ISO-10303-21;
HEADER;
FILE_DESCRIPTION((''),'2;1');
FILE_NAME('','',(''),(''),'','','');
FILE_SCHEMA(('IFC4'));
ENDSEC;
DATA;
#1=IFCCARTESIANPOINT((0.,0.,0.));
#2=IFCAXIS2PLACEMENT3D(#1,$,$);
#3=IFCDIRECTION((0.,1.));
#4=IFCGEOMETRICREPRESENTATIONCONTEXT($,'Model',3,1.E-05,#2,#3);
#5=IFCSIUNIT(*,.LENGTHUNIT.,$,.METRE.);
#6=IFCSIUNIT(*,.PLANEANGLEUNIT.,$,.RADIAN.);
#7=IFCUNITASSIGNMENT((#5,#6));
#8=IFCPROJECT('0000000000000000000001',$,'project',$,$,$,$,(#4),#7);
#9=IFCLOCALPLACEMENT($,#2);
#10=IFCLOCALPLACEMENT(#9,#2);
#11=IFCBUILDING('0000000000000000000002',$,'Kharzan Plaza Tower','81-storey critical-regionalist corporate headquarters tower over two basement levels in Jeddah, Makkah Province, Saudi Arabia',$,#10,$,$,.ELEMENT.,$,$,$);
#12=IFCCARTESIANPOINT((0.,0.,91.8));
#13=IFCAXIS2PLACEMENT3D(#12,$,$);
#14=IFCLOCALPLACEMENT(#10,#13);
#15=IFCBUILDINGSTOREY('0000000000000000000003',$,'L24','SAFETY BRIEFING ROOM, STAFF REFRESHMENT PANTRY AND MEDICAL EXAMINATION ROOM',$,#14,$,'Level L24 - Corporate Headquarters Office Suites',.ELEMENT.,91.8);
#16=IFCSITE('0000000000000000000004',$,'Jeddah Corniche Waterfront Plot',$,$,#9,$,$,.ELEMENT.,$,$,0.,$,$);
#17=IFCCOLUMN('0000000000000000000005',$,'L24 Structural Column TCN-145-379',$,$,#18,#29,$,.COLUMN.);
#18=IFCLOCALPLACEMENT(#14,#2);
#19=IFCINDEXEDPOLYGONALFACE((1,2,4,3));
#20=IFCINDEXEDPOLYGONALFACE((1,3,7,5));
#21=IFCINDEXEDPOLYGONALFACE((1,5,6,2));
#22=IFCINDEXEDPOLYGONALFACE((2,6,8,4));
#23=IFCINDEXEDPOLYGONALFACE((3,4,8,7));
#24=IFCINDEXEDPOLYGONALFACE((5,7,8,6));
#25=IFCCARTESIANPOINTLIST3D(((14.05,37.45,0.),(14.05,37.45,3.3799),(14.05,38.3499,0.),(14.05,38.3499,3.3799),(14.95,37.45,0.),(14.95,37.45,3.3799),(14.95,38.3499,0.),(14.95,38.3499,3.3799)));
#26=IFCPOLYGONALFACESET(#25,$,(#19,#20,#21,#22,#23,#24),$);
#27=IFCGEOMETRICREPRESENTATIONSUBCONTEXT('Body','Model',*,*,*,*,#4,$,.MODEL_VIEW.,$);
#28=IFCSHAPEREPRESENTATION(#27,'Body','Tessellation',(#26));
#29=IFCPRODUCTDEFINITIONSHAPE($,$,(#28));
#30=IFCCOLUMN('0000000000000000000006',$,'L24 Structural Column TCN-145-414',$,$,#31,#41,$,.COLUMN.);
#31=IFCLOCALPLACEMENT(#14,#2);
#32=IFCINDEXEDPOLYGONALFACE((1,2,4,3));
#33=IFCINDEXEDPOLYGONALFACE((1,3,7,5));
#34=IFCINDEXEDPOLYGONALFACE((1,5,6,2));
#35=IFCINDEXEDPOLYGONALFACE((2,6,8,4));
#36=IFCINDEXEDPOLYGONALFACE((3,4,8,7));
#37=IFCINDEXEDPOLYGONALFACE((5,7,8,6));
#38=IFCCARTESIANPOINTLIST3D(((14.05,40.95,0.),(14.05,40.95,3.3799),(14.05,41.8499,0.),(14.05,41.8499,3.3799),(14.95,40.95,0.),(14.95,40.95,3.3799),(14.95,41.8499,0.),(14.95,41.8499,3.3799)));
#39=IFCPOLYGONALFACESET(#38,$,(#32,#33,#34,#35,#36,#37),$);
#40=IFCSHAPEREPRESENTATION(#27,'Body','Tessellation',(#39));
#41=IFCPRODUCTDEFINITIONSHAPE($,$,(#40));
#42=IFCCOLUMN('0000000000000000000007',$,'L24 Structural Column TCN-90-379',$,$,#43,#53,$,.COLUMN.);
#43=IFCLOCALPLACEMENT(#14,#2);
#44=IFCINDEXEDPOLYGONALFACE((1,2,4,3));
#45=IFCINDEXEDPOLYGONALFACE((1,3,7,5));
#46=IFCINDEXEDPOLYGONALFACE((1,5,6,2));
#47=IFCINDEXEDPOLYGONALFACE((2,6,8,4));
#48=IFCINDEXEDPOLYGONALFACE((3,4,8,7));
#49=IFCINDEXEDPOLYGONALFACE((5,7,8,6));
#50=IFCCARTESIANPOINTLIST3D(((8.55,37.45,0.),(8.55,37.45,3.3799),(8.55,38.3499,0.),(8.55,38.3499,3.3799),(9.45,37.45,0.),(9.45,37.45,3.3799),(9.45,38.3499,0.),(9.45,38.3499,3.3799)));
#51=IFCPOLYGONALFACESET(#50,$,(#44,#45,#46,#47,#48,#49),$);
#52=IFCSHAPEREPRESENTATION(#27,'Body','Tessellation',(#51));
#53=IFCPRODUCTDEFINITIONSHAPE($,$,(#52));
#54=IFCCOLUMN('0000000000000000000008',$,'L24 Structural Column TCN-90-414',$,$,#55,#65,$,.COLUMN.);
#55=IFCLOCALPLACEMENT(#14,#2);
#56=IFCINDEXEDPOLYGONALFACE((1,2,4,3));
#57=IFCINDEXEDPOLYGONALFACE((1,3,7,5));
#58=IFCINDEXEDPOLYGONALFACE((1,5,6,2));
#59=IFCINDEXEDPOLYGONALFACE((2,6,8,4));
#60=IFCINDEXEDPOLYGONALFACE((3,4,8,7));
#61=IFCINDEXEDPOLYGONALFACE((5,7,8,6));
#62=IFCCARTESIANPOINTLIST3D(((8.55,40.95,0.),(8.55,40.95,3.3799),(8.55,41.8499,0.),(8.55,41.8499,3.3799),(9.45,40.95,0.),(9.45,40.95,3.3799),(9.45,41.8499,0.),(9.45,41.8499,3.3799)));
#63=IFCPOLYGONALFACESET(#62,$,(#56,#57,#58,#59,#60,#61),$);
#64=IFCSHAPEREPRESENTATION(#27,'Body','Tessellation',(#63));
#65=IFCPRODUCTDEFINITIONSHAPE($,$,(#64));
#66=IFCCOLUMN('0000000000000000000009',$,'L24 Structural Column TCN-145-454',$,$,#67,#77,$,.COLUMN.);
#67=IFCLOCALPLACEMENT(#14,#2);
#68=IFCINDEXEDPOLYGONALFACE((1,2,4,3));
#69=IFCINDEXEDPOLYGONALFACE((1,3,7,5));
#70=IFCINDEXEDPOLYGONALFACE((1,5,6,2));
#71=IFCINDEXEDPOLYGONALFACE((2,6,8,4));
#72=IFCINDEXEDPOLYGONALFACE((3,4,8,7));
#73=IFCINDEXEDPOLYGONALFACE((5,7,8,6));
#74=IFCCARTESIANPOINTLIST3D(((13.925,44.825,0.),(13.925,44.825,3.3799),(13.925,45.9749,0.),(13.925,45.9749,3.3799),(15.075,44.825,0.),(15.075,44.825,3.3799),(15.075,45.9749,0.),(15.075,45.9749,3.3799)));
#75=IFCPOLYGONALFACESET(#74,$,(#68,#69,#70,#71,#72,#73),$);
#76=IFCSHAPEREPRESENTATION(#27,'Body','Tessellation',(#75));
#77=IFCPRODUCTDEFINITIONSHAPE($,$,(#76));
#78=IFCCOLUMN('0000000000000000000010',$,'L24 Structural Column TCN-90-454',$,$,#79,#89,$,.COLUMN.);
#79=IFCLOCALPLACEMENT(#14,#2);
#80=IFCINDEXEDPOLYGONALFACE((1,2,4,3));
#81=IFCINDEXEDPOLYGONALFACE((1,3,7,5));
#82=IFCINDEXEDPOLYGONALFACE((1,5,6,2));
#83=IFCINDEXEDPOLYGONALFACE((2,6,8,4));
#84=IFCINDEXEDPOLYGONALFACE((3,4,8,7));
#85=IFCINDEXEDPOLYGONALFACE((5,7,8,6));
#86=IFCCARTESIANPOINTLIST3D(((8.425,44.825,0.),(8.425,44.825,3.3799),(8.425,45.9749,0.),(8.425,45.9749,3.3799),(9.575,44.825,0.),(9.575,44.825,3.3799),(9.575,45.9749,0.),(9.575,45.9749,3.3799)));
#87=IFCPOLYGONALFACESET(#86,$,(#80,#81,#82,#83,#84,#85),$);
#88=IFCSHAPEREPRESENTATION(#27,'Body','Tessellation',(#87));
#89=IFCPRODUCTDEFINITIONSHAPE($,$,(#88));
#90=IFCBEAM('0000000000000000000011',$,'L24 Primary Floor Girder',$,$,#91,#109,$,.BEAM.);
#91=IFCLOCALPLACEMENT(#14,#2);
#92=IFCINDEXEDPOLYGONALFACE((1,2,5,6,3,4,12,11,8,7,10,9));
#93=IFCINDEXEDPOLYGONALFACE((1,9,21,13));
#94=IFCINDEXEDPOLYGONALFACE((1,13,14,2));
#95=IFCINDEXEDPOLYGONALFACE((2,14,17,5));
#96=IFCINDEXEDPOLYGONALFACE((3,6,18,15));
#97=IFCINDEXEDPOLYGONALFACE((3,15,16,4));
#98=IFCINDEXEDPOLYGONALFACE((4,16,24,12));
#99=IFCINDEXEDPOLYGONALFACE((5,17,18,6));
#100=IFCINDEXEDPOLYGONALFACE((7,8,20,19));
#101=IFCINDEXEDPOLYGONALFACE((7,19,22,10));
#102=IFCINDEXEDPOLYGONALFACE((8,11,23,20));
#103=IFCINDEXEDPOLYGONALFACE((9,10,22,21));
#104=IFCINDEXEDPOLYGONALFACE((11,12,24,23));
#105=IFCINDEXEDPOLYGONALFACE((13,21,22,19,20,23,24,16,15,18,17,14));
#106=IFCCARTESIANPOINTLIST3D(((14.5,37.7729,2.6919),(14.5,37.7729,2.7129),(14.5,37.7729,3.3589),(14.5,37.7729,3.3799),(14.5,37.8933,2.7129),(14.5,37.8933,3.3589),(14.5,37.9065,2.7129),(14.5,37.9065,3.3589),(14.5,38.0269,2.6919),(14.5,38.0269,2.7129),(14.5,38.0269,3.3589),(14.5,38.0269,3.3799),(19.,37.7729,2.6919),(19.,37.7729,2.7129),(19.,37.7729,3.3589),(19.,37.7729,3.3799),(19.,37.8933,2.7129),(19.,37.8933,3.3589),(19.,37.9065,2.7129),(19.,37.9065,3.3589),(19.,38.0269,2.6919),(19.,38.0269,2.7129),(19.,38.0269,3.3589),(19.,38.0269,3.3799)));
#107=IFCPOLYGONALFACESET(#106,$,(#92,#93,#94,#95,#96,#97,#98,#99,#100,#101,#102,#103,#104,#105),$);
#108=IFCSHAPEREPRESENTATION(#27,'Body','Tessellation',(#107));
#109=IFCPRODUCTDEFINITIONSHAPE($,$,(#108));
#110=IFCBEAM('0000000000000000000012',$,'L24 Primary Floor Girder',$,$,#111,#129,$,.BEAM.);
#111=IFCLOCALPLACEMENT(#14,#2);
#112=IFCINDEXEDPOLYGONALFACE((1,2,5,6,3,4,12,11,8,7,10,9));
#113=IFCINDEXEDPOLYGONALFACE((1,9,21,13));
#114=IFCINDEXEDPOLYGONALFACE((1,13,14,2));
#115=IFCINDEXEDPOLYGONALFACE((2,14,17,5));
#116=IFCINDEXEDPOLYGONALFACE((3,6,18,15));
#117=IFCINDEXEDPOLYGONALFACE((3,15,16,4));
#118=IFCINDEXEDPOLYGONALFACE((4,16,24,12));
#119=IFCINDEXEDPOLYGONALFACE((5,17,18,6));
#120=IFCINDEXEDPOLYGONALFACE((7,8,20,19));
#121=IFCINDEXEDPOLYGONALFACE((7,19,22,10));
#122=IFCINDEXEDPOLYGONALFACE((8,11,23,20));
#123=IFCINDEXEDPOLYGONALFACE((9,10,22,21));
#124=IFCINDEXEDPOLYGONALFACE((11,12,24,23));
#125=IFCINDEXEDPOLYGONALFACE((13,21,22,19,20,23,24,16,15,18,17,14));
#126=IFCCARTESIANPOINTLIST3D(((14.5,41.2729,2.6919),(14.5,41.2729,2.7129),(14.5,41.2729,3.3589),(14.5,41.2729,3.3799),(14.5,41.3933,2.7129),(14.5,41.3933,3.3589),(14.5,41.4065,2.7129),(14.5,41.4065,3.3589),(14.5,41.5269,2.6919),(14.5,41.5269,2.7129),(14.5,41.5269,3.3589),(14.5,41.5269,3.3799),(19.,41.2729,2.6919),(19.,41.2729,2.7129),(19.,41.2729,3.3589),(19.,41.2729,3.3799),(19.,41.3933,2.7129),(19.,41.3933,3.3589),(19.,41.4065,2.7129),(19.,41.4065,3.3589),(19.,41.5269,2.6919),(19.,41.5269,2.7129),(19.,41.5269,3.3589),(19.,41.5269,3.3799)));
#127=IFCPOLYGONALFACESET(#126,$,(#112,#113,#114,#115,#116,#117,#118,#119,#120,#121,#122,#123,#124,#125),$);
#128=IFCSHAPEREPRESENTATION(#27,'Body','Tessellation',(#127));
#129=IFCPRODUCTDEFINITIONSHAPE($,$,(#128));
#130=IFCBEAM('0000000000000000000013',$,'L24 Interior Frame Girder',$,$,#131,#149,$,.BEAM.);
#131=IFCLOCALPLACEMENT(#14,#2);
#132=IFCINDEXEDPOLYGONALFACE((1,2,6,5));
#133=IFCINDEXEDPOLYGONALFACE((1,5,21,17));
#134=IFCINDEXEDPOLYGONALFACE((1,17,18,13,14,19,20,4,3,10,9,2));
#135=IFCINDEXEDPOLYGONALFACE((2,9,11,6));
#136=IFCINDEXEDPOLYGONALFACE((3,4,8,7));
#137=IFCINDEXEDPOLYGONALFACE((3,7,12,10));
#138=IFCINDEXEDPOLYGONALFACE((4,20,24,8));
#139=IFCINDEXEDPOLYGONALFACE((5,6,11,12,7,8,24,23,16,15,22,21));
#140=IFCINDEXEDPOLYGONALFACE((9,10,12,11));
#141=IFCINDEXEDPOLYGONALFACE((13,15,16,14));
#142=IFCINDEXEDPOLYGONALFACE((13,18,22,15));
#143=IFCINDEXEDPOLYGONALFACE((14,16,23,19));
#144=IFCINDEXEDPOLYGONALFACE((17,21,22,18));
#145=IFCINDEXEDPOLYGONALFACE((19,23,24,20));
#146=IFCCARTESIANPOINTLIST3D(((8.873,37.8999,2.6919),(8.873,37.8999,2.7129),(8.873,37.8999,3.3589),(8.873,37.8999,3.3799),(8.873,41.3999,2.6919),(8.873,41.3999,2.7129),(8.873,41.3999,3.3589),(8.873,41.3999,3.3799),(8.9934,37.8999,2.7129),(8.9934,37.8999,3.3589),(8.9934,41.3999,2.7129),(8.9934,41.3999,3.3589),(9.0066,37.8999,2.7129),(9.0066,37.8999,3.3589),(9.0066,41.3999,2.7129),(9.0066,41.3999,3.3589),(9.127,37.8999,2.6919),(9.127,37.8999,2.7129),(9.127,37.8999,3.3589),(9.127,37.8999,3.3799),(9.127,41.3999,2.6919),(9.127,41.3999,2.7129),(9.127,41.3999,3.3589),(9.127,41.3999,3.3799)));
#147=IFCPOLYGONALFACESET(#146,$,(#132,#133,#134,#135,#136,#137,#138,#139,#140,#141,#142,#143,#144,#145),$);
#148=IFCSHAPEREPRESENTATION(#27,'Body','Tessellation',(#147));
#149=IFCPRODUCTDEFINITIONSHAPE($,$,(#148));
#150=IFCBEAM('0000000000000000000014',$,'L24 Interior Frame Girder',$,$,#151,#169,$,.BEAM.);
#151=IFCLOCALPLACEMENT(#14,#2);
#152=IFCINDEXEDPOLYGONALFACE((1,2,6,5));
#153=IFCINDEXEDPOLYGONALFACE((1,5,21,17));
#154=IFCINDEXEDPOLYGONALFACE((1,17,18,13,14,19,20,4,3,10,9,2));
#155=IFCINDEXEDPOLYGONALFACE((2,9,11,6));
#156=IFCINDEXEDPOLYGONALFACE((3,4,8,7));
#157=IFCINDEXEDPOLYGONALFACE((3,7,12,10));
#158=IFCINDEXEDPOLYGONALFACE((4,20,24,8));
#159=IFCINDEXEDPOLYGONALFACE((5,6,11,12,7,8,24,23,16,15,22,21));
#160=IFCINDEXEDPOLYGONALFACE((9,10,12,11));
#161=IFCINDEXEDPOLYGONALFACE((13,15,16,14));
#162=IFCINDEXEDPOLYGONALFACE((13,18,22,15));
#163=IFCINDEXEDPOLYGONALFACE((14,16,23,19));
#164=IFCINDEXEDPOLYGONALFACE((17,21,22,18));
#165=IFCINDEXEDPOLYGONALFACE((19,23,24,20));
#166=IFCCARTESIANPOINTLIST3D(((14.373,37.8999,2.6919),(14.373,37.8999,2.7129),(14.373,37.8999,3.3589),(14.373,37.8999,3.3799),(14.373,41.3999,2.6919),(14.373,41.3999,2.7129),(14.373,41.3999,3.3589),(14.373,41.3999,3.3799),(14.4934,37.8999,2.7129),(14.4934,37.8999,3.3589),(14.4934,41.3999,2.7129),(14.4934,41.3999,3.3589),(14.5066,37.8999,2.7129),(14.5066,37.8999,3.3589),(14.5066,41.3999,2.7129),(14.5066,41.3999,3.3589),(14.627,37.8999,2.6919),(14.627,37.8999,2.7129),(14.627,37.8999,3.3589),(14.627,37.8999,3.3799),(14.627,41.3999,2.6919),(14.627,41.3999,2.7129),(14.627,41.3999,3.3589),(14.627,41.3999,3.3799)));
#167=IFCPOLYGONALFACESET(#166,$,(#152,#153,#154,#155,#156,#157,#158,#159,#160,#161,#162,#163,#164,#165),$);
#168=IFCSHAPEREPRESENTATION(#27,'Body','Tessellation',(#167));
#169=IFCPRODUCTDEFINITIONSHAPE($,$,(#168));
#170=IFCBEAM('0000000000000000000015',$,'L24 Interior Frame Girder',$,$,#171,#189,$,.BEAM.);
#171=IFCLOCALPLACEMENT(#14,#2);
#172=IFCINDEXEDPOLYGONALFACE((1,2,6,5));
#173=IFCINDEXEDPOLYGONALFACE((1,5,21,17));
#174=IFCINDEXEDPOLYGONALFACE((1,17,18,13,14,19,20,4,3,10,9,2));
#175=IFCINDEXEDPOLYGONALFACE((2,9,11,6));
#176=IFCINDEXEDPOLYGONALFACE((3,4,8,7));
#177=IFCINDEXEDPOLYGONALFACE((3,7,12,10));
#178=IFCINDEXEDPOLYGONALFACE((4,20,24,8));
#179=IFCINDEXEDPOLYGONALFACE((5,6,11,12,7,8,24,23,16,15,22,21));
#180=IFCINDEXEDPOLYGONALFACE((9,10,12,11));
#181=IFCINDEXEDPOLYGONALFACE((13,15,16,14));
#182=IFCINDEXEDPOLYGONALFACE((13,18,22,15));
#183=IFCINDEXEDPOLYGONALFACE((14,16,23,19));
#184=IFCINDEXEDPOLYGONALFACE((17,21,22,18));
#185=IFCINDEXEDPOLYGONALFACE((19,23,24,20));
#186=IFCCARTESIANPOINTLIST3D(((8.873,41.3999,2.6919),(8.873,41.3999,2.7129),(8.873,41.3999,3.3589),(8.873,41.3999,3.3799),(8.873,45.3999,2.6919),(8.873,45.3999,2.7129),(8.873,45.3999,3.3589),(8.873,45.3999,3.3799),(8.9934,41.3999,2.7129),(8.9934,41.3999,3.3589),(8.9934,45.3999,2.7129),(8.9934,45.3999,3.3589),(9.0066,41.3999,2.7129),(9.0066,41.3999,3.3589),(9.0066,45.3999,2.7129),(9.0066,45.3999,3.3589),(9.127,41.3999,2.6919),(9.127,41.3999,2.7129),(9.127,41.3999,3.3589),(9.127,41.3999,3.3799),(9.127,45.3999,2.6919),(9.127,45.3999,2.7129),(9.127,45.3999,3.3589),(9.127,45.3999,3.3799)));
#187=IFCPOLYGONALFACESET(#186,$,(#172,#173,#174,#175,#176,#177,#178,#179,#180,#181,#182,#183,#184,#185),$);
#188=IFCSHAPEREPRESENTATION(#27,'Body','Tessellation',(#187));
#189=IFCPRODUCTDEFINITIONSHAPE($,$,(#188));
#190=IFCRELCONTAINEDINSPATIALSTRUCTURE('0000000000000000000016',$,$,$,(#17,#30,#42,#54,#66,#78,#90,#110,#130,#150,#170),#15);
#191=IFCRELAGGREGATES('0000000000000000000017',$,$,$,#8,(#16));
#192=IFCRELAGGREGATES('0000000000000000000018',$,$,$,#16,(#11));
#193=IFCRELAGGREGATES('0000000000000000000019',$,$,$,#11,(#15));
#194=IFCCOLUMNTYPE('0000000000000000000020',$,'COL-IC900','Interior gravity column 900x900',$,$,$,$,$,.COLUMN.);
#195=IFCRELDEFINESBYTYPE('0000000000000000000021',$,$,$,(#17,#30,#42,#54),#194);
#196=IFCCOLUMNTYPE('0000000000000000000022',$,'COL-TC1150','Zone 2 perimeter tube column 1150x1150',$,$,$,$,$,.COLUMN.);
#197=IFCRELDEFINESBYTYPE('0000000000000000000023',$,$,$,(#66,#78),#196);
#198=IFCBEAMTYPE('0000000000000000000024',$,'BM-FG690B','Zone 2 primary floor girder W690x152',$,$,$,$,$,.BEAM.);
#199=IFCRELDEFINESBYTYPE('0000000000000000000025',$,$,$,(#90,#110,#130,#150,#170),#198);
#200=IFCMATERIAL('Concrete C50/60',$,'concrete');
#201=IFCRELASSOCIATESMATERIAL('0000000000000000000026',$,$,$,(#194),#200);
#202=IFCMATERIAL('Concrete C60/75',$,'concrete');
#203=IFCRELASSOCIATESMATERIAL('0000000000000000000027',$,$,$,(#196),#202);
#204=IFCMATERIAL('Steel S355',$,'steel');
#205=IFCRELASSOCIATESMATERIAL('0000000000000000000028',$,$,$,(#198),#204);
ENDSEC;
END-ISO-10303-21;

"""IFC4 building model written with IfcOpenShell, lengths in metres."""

from ifc_helpers import new_model, si_unit, direction, frame, origin, origin_2d, place, context, subcontext, project, spatial, rectangle, i_section, extrude, source, transform, mapped, material, material_profile, profile_set, type_object, element, save


model = new_model("IFC4")

# Units and contexts
model_context = context("Model", 3, precision=1e-05, world=origin(), true_north=direction((0.0, 1.0)))
body_context = subcontext(model_context, "Body", "Model", "MODEL_VIEW")
ifc_project = project(units=[si_unit("LENGTHUNIT", "METRE"), si_unit("PLANEANGLEUNIT", "RADIAN")], contexts=[model_context])

# Site, building, storey
site_placement = place(None, origin())
site = spatial("IfcSite", under=ifc_project, at=site_placement, Name="Jeddah Corniche Waterfront Plot", CompositionType="ELEMENT", RefElevation=0.0)
building_placement = place(site_placement, origin())
building = spatial("IfcBuilding", under=site, at=building_placement, Name="Kharzan Plaza Tower", Description="81-storey critical-regionalist corporate headquarters tower over two basement levels in Jeddah, Makkah Province, Saudi Arabia", CompositionType="ELEMENT")
storey_placement = place(building_placement, frame((0.0, 0.0, 91.8)))
storey = spatial("IfcBuildingStorey", under=building, at=storey_placement, Name="L24", Description="SAFETY BRIEFING ROOM, STAFF REFRESHMENT PANTRY AND MEDICAL EXAMINATION ROOM", LongName="Level L24 - Corporate Headquarters Office Suites", CompositionType="ELEMENT", Elevation=91.8)

# Columns
ifc_material_1 = material(Name="Concrete C50/60", Category="concrete")
ifc_material_profile_1 = material_profile(ifc_material_1, rectangle(XDim=0.8999, YDim=0.8999, at=origin_2d()), Name="RC-IC900x900")
ifc_profile_set_1 = profile_set([ifc_material_profile_1], Name="Concrete C50/60")
column_type_1 = type_object("IfcColumnType", Name="COL-IC900", Description="Interior gravity column 900x900", PredefinedType="COLUMN", material=ifc_profile_set_1)
shared_shape_1 = source(origin(), body_context, "Body", "SweptSolid", [
    extrude(rectangle(XDim=0.8999, YDim=0.8999, at=origin_2d()), origin(), (0.0, 0.0, 1.0), 3.3799),
])
for number, where, z_axis, x_axis, name in (
    (1, (14.5, 37.8999, 0.0), (0.0, 0.0, 1.0), (1.0, 0.0, 0.0), "L24 Structural Column TCN-145-379"),
    (2, (14.5, 41.3999, 0.0), (0.0, 0.0, 1.0), (1.0, 0.0, 0.0), "L24 Structural Column TCN-145-414"),
    (3, (9.0, 37.8999, 0.0), (0.0, 0.0, 1.0), (1.0, 0.0, 0.0), "L24 Structural Column TCN-90-379"),
    (4, (9.0, 41.3999, 0.0), (0.0, 0.0, 1.0), (1.0, 0.0, 0.0), "L24 Structural Column TCN-90-414"),
):
    element("IfcColumn", number, at=place(storey_placement, frame(where, z_axis=z_axis, x_axis=x_axis)), inside=storey, type_object=column_type_1, Name=name, PredefinedType="COLUMN", context=body_context, shape_type="MappedRepresentation", body=[
        mapped(shared_shape_1, transform((0.0, 0.0, 0.0), x_axis=(1.0, 0.0, 0.0), y_axis=(0.0, 1.0, 0.0), z_axis=(0.0, 0.0, 1.0))),
    ])
ifc_material_2 = material(Name="Concrete C60/75", Category="concrete")
ifc_material_profile_2 = material_profile(ifc_material_2, rectangle(XDim=1.1499, YDim=1.1499, at=origin_2d()), Name="RC-TC1150x1150")
ifc_profile_set_2 = profile_set([ifc_material_profile_2], Name="Concrete C60/75")
column_type_2 = type_object("IfcColumnType", Name="COL-TC1150", Description="Zone 2 perimeter tube column 1150x1150", PredefinedType="COLUMN", material=ifc_profile_set_2)
shared_shape_2 = source(origin(), body_context, "Body", "SweptSolid", [
    extrude(rectangle(XDim=1.1499, YDim=1.1499, at=origin_2d()), origin(), (0.0, 0.0, 1.0), 3.3799),
])
for number, where, z_axis, x_axis, name in (
    (5, (14.5, 45.3999, 0.0), (0.0, 0.0, 1.0), (1.0, 0.0, 0.0), "L24 Structural Column TCN-145-454"),
    (6, (9.0, 45.3999, 0.0), (0.0, 0.0, 1.0), (1.0, 0.0, 0.0), "L24 Structural Column TCN-90-454"),
):
    element("IfcColumn", number, at=place(storey_placement, frame(where, z_axis=z_axis, x_axis=x_axis)), inside=storey, type_object=column_type_2, Name=name, PredefinedType="COLUMN", context=body_context, shape_type="MappedRepresentation", body=[
        mapped(shared_shape_2, transform((0.0, 0.0, 0.0), x_axis=(1.0, 0.0, 0.0), y_axis=(0.0, 1.0, 0.0), z_axis=(0.0, 0.0, 1.0))),
    ])

# Beams
ifc_material_3 = material(Name="Steel S355", Category="steel")
ifc_material_profile_3 = material_profile(ifc_material_3, i_section(OverallWidth=0.2539, OverallDepth=0.688, WebThickness=0.0132, FlangeThickness=0.021, at=origin_2d()), Name="W690x152")
ifc_profile_set_3 = profile_set([ifc_material_profile_3], Name="Steel S355")
beam_type_1 = type_object("IfcBeamType", Name="BM-FG690B", Description="Zone 2 primary floor girder W690x152", PredefinedType="BEAM", material=ifc_profile_set_3)
shared_shape_3 = source(origin(), body_context, "Body", "SweptSolid", [
    extrude(i_section(OverallWidth=0.2539, OverallDepth=0.688, WebThickness=0.0132, FlangeThickness=0.021, at=origin_2d()), origin(), (0.0, 0.0, 1.0), 4.5),
])
for number, where, z_axis, x_axis, name in (
    (7, (14.5, 37.8999, 3.0359), (1.0, 0.0, 0.0), (0.0, 1.0, 0.0), "L24 Primary Floor Girder"),
    (8, (14.5, 41.3999, 3.0359), (1.0, 0.0, 0.0), (0.0, 1.0, 0.0), "L24 Primary Floor Girder"),
):
    element("IfcBeam", number, at=place(storey_placement, frame(where, z_axis=z_axis, x_axis=x_axis)), inside=storey, type_object=beam_type_1, Name=name, PredefinedType="BEAM", context=body_context, shape_type="MappedRepresentation", body=[
        mapped(shared_shape_3, transform((0.0, 0.0, 0.0), x_axis=(1.0, 0.0, 0.0), y_axis=(0.0, 1.0, 0.0), z_axis=(0.0, 0.0, 1.0))),
    ])
shared_shape_4 = source(origin(), body_context, "Body", "SweptSolid", [
    extrude(i_section(OverallWidth=0.2539, OverallDepth=0.688, WebThickness=0.0132, FlangeThickness=0.021, at=origin_2d()), origin(), (0.0, 0.0, 1.0), 3.5),
])
for number, where, z_axis, x_axis, name in (
    (9, (9.0, 37.8999, 3.0359), (0.0, 1.0, 0.0), (-1.0, 0.0, 0.0), "L24 Interior Frame Girder"),
    (10, (14.5, 37.8999, 3.0359), (0.0, 1.0, 0.0), (-1.0, 0.0, 0.0), "L24 Interior Frame Girder"),
):
    element("IfcBeam", number, at=place(storey_placement, frame(where, z_axis=z_axis, x_axis=x_axis)), inside=storey, type_object=beam_type_1, Name=name, PredefinedType="BEAM", context=body_context, shape_type="MappedRepresentation", body=[
        mapped(shared_shape_4, transform((0.0, 0.0, 0.0), x_axis=(1.0, 0.0, 0.0), y_axis=(0.0, 1.0, 0.0), z_axis=(0.0, 0.0, 1.0))),
    ])
shared_shape_5 = source(origin(), body_context, "Body", "SweptSolid", [
    extrude(i_section(OverallWidth=0.2539, OverallDepth=0.688, WebThickness=0.0132, FlangeThickness=0.021, at=origin_2d()), origin(), (0.0, 0.0, 1.0), 4.0),
])
for number, where, z_axis, x_axis, name in (
    (11, (9.0, 41.3999, 3.0359), (0.0, 1.0, 0.0), (-1.0, 0.0, 0.0), "L24 Interior Frame Girder"),
):
    element("IfcBeam", number, at=place(storey_placement, frame(where, z_axis=z_axis, x_axis=x_axis)), inside=storey, type_object=beam_type_1, Name=name, PredefinedType="BEAM", context=body_context, shape_type="MappedRepresentation", body=[
        mapped(shared_shape_5, transform((0.0, 0.0, 0.0), x_axis=(1.0, 0.0, 0.0), y_axis=(0.0, 1.0, 0.0), z_axis=(0.0, 0.0, 1.0))),
    ])

save(model, "model.ifc")
